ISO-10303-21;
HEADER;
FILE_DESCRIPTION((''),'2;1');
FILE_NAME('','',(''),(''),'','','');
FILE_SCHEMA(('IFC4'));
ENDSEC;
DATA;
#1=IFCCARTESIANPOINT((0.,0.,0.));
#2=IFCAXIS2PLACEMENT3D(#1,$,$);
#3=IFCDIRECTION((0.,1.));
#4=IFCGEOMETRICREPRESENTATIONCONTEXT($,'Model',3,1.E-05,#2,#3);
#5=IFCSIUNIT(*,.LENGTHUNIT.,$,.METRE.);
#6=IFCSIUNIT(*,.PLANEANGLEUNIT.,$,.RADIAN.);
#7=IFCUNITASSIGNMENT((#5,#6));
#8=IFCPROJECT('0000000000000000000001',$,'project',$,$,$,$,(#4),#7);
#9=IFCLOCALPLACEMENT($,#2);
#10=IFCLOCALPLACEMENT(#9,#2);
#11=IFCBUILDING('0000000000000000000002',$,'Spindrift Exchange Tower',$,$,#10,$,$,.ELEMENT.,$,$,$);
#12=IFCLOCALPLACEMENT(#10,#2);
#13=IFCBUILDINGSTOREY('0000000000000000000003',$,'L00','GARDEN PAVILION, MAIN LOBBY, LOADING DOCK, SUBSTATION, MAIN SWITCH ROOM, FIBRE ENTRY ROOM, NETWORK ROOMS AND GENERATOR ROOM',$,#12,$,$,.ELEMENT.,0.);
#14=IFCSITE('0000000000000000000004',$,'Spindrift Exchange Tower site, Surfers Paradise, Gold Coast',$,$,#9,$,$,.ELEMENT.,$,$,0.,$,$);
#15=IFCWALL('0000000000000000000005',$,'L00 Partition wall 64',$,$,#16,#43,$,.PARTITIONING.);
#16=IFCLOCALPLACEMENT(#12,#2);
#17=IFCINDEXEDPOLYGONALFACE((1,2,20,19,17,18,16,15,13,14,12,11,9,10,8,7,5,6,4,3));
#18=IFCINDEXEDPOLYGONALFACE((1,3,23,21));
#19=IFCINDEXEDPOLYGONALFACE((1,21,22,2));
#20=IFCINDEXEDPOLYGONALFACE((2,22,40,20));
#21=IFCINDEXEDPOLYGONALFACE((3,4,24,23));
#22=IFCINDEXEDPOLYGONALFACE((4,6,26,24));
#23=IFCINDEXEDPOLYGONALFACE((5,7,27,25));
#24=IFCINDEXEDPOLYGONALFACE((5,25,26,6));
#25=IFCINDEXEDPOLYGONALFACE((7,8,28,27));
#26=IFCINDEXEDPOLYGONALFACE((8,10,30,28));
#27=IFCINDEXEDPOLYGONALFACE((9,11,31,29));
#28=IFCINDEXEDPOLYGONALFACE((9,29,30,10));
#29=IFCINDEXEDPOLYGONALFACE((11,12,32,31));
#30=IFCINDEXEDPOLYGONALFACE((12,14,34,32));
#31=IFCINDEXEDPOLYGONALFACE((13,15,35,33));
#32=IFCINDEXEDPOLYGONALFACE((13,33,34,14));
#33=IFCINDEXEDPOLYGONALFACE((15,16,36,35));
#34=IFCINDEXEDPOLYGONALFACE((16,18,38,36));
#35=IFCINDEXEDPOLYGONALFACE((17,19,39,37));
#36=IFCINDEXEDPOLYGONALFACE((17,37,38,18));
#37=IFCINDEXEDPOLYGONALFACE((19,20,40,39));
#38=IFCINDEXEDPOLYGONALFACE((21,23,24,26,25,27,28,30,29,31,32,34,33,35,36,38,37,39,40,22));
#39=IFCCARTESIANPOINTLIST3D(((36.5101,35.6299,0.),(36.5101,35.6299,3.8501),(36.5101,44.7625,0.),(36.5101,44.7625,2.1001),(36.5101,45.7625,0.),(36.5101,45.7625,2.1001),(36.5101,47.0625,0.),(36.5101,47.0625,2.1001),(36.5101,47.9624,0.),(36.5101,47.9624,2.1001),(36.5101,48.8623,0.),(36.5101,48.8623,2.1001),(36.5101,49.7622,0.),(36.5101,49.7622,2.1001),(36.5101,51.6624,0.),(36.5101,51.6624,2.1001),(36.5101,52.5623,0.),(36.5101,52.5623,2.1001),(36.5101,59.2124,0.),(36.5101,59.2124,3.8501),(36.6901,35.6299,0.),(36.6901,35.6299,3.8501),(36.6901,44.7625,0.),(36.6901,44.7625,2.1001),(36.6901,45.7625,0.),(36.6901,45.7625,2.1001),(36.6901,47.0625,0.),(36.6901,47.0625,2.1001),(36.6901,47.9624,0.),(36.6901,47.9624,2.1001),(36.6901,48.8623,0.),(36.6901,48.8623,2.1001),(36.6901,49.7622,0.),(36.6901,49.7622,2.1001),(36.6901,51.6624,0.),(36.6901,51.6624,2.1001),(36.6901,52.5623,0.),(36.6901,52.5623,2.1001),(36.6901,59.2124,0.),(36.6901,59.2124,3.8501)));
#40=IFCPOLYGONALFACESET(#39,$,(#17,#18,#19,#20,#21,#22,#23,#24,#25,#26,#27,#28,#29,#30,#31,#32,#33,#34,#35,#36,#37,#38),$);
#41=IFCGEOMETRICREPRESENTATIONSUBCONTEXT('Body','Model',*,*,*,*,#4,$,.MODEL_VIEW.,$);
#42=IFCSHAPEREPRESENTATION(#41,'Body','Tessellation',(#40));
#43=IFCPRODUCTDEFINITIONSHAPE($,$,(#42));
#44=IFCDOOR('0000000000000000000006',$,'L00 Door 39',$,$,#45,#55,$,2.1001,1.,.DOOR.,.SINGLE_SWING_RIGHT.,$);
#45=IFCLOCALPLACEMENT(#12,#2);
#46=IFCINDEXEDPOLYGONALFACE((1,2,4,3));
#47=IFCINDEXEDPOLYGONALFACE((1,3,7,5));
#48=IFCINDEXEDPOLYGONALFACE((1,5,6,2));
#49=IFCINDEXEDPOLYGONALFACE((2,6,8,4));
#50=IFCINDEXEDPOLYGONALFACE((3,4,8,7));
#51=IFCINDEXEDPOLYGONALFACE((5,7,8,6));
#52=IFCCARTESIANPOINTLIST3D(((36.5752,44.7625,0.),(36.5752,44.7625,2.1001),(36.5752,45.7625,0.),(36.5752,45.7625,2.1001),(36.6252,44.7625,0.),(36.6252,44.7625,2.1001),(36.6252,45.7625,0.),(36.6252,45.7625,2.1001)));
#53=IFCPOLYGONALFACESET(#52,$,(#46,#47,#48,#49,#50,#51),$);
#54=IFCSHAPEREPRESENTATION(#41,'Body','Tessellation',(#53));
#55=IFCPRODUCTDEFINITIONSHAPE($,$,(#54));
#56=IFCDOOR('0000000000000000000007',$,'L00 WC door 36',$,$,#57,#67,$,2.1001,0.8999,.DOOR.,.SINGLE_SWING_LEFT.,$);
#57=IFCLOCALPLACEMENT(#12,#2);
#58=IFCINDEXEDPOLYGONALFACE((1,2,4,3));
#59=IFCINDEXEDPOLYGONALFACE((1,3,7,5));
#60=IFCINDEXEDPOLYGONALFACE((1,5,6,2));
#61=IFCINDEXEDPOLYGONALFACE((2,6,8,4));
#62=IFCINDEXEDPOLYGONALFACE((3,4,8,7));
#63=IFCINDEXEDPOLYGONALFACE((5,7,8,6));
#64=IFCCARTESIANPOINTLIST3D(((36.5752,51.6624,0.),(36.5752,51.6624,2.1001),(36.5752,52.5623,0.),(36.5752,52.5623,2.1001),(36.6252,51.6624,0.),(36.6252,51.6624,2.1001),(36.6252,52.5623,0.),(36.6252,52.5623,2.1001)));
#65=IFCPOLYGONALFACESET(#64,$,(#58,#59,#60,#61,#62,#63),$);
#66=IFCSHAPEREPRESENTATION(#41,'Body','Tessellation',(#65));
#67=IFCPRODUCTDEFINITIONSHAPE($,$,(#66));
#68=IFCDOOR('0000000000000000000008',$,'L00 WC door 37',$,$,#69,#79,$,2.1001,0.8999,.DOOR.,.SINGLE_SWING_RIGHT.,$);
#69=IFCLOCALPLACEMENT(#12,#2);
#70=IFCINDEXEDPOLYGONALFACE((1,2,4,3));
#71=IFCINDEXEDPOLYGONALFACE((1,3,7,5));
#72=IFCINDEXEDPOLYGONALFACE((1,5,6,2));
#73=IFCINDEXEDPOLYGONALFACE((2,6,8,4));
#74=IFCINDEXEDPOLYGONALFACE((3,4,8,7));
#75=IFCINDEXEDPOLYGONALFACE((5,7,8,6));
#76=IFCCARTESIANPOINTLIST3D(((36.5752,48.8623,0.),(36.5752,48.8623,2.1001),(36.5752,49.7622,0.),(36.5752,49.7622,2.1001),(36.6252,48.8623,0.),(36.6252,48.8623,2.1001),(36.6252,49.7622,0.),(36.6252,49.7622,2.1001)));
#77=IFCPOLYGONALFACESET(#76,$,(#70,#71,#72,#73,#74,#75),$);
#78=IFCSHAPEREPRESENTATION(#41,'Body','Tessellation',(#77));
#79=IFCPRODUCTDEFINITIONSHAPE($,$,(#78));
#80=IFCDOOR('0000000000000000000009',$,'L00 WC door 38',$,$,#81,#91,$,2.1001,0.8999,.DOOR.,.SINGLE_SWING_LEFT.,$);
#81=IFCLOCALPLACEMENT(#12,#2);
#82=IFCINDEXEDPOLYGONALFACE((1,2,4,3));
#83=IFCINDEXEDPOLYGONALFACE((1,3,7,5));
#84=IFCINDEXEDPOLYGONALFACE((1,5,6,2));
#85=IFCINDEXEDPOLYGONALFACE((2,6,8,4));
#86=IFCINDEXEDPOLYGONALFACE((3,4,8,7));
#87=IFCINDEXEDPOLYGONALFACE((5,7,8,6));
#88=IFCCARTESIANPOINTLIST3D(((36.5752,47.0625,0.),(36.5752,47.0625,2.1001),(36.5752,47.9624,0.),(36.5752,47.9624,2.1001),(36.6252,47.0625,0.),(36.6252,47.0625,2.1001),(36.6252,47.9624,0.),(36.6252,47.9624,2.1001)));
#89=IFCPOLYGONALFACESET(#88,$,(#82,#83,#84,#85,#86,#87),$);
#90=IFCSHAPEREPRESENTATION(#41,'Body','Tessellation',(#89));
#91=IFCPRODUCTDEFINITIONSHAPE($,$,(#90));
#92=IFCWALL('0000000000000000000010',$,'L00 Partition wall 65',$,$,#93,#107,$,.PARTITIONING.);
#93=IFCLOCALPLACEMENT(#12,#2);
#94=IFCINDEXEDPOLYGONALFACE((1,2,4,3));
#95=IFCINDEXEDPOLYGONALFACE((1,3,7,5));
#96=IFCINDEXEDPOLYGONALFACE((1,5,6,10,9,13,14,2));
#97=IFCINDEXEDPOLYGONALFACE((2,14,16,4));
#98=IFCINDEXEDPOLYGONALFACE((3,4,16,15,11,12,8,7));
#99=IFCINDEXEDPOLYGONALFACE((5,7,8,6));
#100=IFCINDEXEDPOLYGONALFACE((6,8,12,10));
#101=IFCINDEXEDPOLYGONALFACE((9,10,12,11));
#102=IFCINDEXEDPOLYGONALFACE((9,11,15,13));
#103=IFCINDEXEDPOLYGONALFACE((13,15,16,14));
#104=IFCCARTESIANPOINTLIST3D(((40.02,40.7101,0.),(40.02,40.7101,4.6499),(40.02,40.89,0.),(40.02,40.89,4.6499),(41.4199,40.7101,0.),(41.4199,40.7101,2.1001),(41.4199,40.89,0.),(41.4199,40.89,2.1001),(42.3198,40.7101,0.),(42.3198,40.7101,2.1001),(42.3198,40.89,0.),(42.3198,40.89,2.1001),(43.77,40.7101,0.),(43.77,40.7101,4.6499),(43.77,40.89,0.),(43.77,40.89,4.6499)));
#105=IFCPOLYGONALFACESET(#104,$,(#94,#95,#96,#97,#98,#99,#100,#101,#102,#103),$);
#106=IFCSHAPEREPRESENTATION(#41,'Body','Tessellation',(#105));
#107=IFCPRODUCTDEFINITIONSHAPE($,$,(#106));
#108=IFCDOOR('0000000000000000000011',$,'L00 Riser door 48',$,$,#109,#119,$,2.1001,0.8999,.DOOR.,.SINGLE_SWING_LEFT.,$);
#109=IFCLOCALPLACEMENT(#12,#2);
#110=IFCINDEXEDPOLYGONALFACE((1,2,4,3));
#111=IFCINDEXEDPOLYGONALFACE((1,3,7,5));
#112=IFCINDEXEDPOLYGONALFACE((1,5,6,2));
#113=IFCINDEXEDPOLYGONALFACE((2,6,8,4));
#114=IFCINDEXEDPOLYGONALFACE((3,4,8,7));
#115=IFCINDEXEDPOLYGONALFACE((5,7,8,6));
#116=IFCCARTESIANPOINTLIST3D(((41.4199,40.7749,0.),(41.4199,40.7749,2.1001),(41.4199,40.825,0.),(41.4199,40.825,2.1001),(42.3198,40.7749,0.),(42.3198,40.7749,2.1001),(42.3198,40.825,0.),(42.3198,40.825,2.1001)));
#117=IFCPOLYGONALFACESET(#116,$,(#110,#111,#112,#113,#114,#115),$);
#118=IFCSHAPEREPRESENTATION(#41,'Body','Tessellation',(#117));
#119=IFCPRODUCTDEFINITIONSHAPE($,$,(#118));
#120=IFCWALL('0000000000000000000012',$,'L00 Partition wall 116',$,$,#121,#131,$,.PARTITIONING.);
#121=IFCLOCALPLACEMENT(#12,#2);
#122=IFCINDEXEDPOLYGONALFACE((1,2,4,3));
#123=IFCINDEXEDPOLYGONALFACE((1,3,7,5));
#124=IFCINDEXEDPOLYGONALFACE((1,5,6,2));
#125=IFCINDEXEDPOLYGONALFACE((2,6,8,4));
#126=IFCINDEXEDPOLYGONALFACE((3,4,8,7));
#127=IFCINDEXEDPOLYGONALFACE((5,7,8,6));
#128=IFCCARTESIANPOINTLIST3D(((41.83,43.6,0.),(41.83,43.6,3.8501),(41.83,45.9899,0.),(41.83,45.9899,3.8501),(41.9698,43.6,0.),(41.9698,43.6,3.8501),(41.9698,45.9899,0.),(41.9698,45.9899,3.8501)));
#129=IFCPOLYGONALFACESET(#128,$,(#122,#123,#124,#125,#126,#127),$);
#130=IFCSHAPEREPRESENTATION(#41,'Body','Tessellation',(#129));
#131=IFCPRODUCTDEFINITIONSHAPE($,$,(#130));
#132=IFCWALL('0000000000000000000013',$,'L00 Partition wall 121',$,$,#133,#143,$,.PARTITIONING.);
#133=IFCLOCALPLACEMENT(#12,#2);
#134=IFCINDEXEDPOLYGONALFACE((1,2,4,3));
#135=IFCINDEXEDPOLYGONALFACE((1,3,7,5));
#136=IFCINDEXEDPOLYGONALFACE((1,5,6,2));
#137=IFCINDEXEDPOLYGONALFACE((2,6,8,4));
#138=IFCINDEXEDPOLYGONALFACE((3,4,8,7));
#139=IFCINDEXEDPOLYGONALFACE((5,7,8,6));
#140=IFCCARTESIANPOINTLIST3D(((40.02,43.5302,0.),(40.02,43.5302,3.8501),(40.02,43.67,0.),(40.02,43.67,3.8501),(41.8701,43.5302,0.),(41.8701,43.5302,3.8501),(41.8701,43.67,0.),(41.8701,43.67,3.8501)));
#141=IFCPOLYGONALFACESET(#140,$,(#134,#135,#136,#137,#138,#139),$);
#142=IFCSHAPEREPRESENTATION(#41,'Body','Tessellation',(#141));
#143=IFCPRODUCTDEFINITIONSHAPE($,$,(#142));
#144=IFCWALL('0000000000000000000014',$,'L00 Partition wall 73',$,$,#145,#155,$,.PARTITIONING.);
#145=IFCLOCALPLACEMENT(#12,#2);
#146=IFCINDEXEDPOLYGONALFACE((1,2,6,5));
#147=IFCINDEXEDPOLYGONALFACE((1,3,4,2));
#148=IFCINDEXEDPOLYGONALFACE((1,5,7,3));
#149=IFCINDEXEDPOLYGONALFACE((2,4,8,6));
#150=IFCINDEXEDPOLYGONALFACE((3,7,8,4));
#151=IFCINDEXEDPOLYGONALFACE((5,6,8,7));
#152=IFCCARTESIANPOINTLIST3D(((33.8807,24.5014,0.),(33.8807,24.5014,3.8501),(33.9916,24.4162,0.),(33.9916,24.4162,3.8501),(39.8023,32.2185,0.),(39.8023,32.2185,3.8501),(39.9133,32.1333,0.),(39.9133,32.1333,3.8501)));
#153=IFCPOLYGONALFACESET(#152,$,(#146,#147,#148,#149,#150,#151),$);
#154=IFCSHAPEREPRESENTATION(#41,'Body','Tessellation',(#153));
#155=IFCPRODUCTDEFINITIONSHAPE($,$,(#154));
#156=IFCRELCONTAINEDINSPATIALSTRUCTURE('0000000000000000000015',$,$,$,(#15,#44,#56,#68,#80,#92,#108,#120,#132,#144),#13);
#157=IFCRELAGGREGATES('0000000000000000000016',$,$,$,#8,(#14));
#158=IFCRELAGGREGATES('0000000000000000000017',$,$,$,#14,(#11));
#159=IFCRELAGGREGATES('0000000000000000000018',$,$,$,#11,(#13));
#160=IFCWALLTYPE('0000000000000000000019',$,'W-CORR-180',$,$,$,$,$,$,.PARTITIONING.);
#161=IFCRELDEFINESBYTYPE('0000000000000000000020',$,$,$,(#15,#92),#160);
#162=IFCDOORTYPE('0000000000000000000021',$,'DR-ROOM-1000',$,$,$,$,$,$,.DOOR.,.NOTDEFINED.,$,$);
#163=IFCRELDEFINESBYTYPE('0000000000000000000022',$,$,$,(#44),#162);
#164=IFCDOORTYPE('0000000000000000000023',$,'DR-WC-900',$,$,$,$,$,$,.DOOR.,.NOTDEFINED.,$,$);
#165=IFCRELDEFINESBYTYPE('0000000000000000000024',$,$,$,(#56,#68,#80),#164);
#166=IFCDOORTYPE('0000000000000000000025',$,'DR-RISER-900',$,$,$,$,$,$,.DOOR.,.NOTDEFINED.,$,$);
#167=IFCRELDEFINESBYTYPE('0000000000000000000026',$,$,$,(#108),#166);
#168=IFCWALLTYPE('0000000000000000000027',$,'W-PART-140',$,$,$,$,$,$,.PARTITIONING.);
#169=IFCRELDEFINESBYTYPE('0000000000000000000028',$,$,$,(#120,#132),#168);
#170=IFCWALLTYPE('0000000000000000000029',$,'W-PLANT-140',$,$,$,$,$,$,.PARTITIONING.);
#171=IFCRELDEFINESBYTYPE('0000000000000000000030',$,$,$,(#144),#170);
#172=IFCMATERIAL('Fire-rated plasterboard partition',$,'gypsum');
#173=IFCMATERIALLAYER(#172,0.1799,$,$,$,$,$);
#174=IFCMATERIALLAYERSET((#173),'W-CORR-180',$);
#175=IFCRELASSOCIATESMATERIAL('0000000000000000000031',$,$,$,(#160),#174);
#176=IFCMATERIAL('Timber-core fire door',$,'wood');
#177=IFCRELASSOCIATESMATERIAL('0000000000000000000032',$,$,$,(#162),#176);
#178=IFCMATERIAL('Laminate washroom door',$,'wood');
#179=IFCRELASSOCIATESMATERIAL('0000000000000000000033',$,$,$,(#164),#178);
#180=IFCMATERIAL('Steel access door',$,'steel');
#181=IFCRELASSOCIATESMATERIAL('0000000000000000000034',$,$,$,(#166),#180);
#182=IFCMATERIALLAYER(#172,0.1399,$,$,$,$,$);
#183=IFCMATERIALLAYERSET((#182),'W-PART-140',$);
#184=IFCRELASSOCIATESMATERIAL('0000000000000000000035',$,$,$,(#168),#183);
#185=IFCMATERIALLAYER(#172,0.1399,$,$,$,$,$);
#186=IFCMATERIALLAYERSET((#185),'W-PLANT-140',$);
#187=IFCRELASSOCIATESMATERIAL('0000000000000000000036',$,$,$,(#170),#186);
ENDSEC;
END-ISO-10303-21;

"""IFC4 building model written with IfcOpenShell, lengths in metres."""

from ifc_helpers import new_model, si_unit, direction, frame, frame_2d, origin, place, context, subcontext, project, spatial, rectangle, extrude, source, transform, mapped, material, layer, layer_set, type_object, element, fill, save


model = new_model("IFC4")

# Units and contexts
model_context = context("Model", 3, precision=1e-05, world=origin(), true_north=direction((0.0, 1.0)))
body_context = subcontext(model_context, "Body", "Model", "MODEL_VIEW")
ifc_project = project(units=[si_unit("LENGTHUNIT", "METRE"), si_unit("PLANEANGLEUNIT", "RADIAN")], contexts=[model_context])

# Site, building, storey
site_placement = place(None, origin())
site = spatial("IfcSite", under=ifc_project, at=site_placement, Name="Spindrift Exchange Tower site, Surfers Paradise, Gold Coast", CompositionType="ELEMENT", RefElevation=0.0)
building_placement = place(site_placement, origin())
building = spatial("IfcBuilding", under=site, at=building_placement, Name="Spindrift Exchange Tower", CompositionType="ELEMENT")
storey_placement = place(building_placement, origin())
storey = spatial("IfcBuildingStorey", under=building, at=storey_placement, Name="L00", Description="GARDEN PAVILION, MAIN LOBBY, LOADING DOCK, SUBSTATION, MAIN SWITCH ROOM, FIBRE ENTRY ROOM, NETWORK ROOMS AND GENERATOR ROOM", CompositionType="ELEMENT", Elevation=0.0)

# Wall, openings, doors
ifc_material_1 = material(Name="Fire-rated plasterboard partition", Category="gypsum")
ifc_layer_1 = layer(ifc_material_1, 0.1799)
ifc_layer_set_1 = layer_set([ifc_layer_1], Name="W-CORR-180")
wall_type_1 = type_object("IfcWallType", Name="W-CORR-180", PredefinedType="PARTITIONING", material=ifc_layer_set_1)
wall_1_placement = place(storey_placement, frame((36.6001, 35.6299, 0.0), z_axis=(0.0, 0.0, 1.0), x_axis=(0.0, 1.0, 0.0)))
wall_1 = element("IfcWall", 1, at=wall_1_placement, inside=storey, type_object=wall_type_1, Name="L00 Partition wall 64", PredefinedType="PARTITIONING", context=body_context, shape_type="SweptSolid", body=[
    extrude(rectangle(XDim=23.5825, YDim=0.1799, at=frame_2d((11.7913, 0.0))), origin(), (0.0, 0.0, 1.0), 3.8501),
])
opening_1_placement = place(wall_1_placement, frame((16.0325, 0.0, 0.0)))
opening_1 = element("IfcOpeningElement", 2, at=opening_1_placement, cuts=wall_1, PredefinedType="OPENING", context=body_context, shape_type="SweptSolid", body=[
    extrude(rectangle(XDim=0.8999, YDim=2.1001, at=frame_2d((0.45, 1.05))), frame((0.0, 0.0999, 0.0), z_axis=(0.0, -1.0, 0.0), x_axis=(1.0, 0.0, 0.0)), (0.0, 0.0, 1.0), 0.2),
])
opening_2_placement = place(wall_1_placement, frame((13.2324, 0.0, 0.0)))
opening_2 = element("IfcOpeningElement", 3, at=opening_2_placement, cuts=wall_1, PredefinedType="OPENING", context=body_context, shape_type="SweptSolid", body=[
    extrude(rectangle(XDim=0.8999, YDim=2.1001, at=frame_2d((0.45, 1.05))), frame((0.0, 0.0999, 0.0), z_axis=(0.0, -1.0, 0.0), x_axis=(1.0, 0.0, 0.0)), (0.0, 0.0, 1.0), 0.2),
])
opening_3_placement = place(wall_1_placement, frame((11.4326, 0.0, 0.0)))
opening_3 = element("IfcOpeningElement", 4, at=opening_3_placement, cuts=wall_1, PredefinedType="OPENING", context=body_context, shape_type="SweptSolid", body=[
    extrude(rectangle(XDim=0.8999, YDim=2.1001, at=frame_2d((0.45, 1.05))), frame((0.0, 0.0999, 0.0), z_axis=(0.0, -1.0, 0.0), x_axis=(1.0, 0.0, 0.0)), (0.0, 0.0, 1.0), 0.2),
])
opening_4_placement = place(wall_1_placement, frame((9.1326, 0.0, 0.0)))
opening_4 = element("IfcOpeningElement", 5, at=opening_4_placement, cuts=wall_1, PredefinedType="OPENING", context=body_context, shape_type="SweptSolid", body=[
    extrude(rectangle(XDim=1.0, YDim=2.1001, at=frame_2d((0.5, 1.05))), frame((0.0, 0.0999, 0.0), z_axis=(0.0, -1.0, 0.0), x_axis=(1.0, 0.0, 0.0)), (0.0, 0.0, 1.0), 0.2),
])
ifc_material_2 = material(Name="Timber-core fire door", Category="wood")
door_type_1 = type_object("IfcDoorType", Name="DR-ROOM-1000", OperationType="NOTDEFINED", PredefinedType="DOOR", material=ifc_material_2)
shared_shape_1 = source(origin(), body_context, "Body", "SweptSolid", [
    extrude(rectangle(XDim=1.0, YDim=2.1001, at=frame_2d((0.5, 1.05))), frame((0.0, 0.0249, 0.0), z_axis=(0.0, -1.0, 0.0), x_axis=(1.0, 0.0, 0.0)), (0.0, 0.0, 1.0), 0.05),
])
door_1_placement = place(opening_4_placement, origin())
door_1 = element("IfcDoor", 6, at=door_1_placement, inside=storey, type_object=door_type_1, Name="L00 Door 39", OperationType="SINGLE_SWING_RIGHT", OverallHeight=2.1001, OverallWidth=1.0, PredefinedType="DOOR", context=body_context, shape_type="MappedRepresentation", body=[
    mapped(shared_shape_1, transform((0.0, 0.0, 0.0), scale=1.0)),
])
fill(opening_4, door_1)
ifc_material_3 = material(Name="Laminate washroom door", Category="wood")
door_type_2 = type_object("IfcDoorType", Name="DR-WC-900", OperationType="NOTDEFINED", PredefinedType="DOOR", material=ifc_material_3)
shared_shape_2 = source(origin(), body_context, "Body", "SweptSolid", [
    extrude(rectangle(XDim=0.8999, YDim=2.1001, at=frame_2d((0.45, 1.05))), frame((0.0, 0.0249, 0.0), z_axis=(0.0, -1.0, 0.0), x_axis=(1.0, 0.0, 0.0)), (0.0, 0.0, 1.0), 0.05),
])
door_2_placement = place(opening_1_placement, origin())
door_2 = element("IfcDoor", 7, at=door_2_placement, inside=storey, type_object=door_type_2, Name="L00 WC door 36", OperationType="SINGLE_SWING_LEFT", OverallHeight=2.1001, OverallWidth=0.8999, PredefinedType="DOOR", context=body_context, shape_type="MappedRepresentation", body=[
    mapped(shared_shape_2, transform((0.0, 0.0, 0.0), scale=1.0)),
])
fill(opening_1, door_2)
door_3_placement = place(opening_2_placement, origin())
door_3 = element("IfcDoor", 8, at=door_3_placement, inside=storey, type_object=door_type_2, Name="L00 WC door 37", OperationType="SINGLE_SWING_RIGHT", OverallHeight=2.1001, OverallWidth=0.8999, PredefinedType="DOOR", context=body_context, shape_type="MappedRepresentation", body=[
    mapped(shared_shape_2, transform((0.0, 0.0, 0.0), scale=1.0)),
])
fill(opening_2, door_3)
door_4_placement = place(opening_3_placement, origin())
door_4 = element("IfcDoor", 9, at=door_4_placement, inside=storey, type_object=door_type_2, Name="L00 WC door 38", OperationType="SINGLE_SWING_LEFT", OverallHeight=2.1001, OverallWidth=0.8999, PredefinedType="DOOR", context=body_context, shape_type="MappedRepresentation", body=[
    mapped(shared_shape_2, transform((0.0, 0.0, 0.0), scale=1.0)),
])
fill(opening_3, door_4)

# Wall, opening, door
wall_2_placement = place(storey_placement, frame((40.02, 40.8, 0.0), z_axis=(0.0, 0.0, 1.0), x_axis=(1.0, 0.0, 0.0)))
wall_2 = element("IfcWall", 10, at=wall_2_placement, inside=storey, type_object=wall_type_1, Name="L00 Partition wall 65", PredefinedType="PARTITIONING", context=body_context, shape_type="SweptSolid", body=[
    extrude(rectangle(XDim=3.75, YDim=0.1799, at=frame_2d((1.875, 0.0))), origin(), (0.0, 0.0, 1.0), 4.6499),
])
opening_5_placement = place(wall_2_placement, frame((1.3999, 0.0, 0.0)))
opening_5 = element("IfcOpeningElement", 11, at=opening_5_placement, cuts=wall_2, PredefinedType="OPENING", context=body_context, shape_type="SweptSolid", body=[
    extrude(rectangle(XDim=0.8999, YDim=2.1001, at=frame_2d((0.45, 1.05))), frame((0.0, 0.0999, 0.0), z_axis=(0.0, -1.0, 0.0), x_axis=(1.0, 0.0, 0.0)), (0.0, 0.0, 1.0), 0.2),
])
ifc_material_4 = material(Name="Steel access door", Category="steel")
door_type_3 = type_object("IfcDoorType", Name="DR-RISER-900", OperationType="NOTDEFINED", PredefinedType="DOOR", material=ifc_material_4)
shared_shape_3 = source(origin(), body_context, "Body", "SweptSolid", [
    extrude(rectangle(XDim=0.8999, YDim=2.1001, at=frame_2d((0.45, 1.05))), frame((0.0, 0.0249, 0.0), z_axis=(0.0, -1.0, 0.0), x_axis=(1.0, 0.0, 0.0)), (0.0, 0.0, 1.0), 0.05),
])
door_5_placement = place(opening_5_placement, origin())
door_5 = element("IfcDoor", 12, at=door_5_placement, inside=storey, type_object=door_type_3, Name="L00 Riser door 48", OperationType="SINGLE_SWING_LEFT", OverallHeight=2.1001, OverallWidth=0.8999, PredefinedType="DOOR", context=body_context, shape_type="MappedRepresentation", body=[
    mapped(shared_shape_3, transform((0.0, 0.0, 0.0), scale=1.0)),
])
fill(opening_5, door_5)

# Walls
ifc_layer_2 = layer(ifc_material_1, 0.1399)
ifc_layer_set_2 = layer_set([ifc_layer_2], Name="W-PART-140")
wall_type_2 = type_object("IfcWallType", Name="W-PART-140", PredefinedType="PARTITIONING", material=ifc_layer_set_2)
wall_3_placement = place(storey_placement, frame((41.8999, 43.6001, 0.0), z_axis=(0.0, 0.0, 1.0), x_axis=(0.0, 1.0, 0.0)))
element("IfcWall", 13, at=wall_3_placement, inside=storey, type_object=wall_type_2, Name="L00 Partition wall 116", PredefinedType="PARTITIONING", context=body_context, shape_type="SweptSolid", body=[
    extrude(rectangle(XDim=2.3899, YDim=0.1399, at=frame_2d((1.1948, 0.0))), origin(), (0.0, 0.0, 1.0), 3.8501),
])
wall_4_placement = place(storey_placement, frame((41.8701, 43.6001, 0.0), z_axis=(0.0, 0.0, 1.0), x_axis=(-1.0, 0.0, 0.0)))
element("IfcWall", 14, at=wall_4_placement, inside=storey, type_object=wall_type_2, Name="L00 Partition wall 121", PredefinedType="PARTITIONING", context=body_context, shape_type="SweptSolid", body=[
    extrude(rectangle(XDim=1.8501, YDim=0.1399, at=frame_2d((0.925, 0.0))), origin(), (0.0, 0.0, 1.0), 3.8501),
])
ifc_layer_3 = layer(ifc_material_1, 0.1399)
ifc_layer_set_3 = layer_set([ifc_layer_3], Name="W-PLANT-140")
wall_type_3 = type_object("IfcWallType", Name="W-PLANT-140", PredefinedType="PARTITIONING", material=ifc_layer_set_3)
wall_5_placement = place(storey_placement, frame((39.8579, 32.176, 0.0), z_axis=(0.0, 0.0, 1.0), x_axis=(-0.60877, -0.793347, 0.0)))
element("IfcWall", 15, at=wall_5_placement, inside=storey, type_object=wall_type_3, Name="L00 Partition wall 73", PredefinedType="PARTITIONING", context=body_context, shape_type="SweptSolid", body=[
    extrude(rectangle(XDim=9.7273, YDim=0.1399, at=frame_2d((4.8638, 0.0))), origin(), (0.0, 0.0, 1.0), 3.8501),
])

save(model, "model.ifc")
